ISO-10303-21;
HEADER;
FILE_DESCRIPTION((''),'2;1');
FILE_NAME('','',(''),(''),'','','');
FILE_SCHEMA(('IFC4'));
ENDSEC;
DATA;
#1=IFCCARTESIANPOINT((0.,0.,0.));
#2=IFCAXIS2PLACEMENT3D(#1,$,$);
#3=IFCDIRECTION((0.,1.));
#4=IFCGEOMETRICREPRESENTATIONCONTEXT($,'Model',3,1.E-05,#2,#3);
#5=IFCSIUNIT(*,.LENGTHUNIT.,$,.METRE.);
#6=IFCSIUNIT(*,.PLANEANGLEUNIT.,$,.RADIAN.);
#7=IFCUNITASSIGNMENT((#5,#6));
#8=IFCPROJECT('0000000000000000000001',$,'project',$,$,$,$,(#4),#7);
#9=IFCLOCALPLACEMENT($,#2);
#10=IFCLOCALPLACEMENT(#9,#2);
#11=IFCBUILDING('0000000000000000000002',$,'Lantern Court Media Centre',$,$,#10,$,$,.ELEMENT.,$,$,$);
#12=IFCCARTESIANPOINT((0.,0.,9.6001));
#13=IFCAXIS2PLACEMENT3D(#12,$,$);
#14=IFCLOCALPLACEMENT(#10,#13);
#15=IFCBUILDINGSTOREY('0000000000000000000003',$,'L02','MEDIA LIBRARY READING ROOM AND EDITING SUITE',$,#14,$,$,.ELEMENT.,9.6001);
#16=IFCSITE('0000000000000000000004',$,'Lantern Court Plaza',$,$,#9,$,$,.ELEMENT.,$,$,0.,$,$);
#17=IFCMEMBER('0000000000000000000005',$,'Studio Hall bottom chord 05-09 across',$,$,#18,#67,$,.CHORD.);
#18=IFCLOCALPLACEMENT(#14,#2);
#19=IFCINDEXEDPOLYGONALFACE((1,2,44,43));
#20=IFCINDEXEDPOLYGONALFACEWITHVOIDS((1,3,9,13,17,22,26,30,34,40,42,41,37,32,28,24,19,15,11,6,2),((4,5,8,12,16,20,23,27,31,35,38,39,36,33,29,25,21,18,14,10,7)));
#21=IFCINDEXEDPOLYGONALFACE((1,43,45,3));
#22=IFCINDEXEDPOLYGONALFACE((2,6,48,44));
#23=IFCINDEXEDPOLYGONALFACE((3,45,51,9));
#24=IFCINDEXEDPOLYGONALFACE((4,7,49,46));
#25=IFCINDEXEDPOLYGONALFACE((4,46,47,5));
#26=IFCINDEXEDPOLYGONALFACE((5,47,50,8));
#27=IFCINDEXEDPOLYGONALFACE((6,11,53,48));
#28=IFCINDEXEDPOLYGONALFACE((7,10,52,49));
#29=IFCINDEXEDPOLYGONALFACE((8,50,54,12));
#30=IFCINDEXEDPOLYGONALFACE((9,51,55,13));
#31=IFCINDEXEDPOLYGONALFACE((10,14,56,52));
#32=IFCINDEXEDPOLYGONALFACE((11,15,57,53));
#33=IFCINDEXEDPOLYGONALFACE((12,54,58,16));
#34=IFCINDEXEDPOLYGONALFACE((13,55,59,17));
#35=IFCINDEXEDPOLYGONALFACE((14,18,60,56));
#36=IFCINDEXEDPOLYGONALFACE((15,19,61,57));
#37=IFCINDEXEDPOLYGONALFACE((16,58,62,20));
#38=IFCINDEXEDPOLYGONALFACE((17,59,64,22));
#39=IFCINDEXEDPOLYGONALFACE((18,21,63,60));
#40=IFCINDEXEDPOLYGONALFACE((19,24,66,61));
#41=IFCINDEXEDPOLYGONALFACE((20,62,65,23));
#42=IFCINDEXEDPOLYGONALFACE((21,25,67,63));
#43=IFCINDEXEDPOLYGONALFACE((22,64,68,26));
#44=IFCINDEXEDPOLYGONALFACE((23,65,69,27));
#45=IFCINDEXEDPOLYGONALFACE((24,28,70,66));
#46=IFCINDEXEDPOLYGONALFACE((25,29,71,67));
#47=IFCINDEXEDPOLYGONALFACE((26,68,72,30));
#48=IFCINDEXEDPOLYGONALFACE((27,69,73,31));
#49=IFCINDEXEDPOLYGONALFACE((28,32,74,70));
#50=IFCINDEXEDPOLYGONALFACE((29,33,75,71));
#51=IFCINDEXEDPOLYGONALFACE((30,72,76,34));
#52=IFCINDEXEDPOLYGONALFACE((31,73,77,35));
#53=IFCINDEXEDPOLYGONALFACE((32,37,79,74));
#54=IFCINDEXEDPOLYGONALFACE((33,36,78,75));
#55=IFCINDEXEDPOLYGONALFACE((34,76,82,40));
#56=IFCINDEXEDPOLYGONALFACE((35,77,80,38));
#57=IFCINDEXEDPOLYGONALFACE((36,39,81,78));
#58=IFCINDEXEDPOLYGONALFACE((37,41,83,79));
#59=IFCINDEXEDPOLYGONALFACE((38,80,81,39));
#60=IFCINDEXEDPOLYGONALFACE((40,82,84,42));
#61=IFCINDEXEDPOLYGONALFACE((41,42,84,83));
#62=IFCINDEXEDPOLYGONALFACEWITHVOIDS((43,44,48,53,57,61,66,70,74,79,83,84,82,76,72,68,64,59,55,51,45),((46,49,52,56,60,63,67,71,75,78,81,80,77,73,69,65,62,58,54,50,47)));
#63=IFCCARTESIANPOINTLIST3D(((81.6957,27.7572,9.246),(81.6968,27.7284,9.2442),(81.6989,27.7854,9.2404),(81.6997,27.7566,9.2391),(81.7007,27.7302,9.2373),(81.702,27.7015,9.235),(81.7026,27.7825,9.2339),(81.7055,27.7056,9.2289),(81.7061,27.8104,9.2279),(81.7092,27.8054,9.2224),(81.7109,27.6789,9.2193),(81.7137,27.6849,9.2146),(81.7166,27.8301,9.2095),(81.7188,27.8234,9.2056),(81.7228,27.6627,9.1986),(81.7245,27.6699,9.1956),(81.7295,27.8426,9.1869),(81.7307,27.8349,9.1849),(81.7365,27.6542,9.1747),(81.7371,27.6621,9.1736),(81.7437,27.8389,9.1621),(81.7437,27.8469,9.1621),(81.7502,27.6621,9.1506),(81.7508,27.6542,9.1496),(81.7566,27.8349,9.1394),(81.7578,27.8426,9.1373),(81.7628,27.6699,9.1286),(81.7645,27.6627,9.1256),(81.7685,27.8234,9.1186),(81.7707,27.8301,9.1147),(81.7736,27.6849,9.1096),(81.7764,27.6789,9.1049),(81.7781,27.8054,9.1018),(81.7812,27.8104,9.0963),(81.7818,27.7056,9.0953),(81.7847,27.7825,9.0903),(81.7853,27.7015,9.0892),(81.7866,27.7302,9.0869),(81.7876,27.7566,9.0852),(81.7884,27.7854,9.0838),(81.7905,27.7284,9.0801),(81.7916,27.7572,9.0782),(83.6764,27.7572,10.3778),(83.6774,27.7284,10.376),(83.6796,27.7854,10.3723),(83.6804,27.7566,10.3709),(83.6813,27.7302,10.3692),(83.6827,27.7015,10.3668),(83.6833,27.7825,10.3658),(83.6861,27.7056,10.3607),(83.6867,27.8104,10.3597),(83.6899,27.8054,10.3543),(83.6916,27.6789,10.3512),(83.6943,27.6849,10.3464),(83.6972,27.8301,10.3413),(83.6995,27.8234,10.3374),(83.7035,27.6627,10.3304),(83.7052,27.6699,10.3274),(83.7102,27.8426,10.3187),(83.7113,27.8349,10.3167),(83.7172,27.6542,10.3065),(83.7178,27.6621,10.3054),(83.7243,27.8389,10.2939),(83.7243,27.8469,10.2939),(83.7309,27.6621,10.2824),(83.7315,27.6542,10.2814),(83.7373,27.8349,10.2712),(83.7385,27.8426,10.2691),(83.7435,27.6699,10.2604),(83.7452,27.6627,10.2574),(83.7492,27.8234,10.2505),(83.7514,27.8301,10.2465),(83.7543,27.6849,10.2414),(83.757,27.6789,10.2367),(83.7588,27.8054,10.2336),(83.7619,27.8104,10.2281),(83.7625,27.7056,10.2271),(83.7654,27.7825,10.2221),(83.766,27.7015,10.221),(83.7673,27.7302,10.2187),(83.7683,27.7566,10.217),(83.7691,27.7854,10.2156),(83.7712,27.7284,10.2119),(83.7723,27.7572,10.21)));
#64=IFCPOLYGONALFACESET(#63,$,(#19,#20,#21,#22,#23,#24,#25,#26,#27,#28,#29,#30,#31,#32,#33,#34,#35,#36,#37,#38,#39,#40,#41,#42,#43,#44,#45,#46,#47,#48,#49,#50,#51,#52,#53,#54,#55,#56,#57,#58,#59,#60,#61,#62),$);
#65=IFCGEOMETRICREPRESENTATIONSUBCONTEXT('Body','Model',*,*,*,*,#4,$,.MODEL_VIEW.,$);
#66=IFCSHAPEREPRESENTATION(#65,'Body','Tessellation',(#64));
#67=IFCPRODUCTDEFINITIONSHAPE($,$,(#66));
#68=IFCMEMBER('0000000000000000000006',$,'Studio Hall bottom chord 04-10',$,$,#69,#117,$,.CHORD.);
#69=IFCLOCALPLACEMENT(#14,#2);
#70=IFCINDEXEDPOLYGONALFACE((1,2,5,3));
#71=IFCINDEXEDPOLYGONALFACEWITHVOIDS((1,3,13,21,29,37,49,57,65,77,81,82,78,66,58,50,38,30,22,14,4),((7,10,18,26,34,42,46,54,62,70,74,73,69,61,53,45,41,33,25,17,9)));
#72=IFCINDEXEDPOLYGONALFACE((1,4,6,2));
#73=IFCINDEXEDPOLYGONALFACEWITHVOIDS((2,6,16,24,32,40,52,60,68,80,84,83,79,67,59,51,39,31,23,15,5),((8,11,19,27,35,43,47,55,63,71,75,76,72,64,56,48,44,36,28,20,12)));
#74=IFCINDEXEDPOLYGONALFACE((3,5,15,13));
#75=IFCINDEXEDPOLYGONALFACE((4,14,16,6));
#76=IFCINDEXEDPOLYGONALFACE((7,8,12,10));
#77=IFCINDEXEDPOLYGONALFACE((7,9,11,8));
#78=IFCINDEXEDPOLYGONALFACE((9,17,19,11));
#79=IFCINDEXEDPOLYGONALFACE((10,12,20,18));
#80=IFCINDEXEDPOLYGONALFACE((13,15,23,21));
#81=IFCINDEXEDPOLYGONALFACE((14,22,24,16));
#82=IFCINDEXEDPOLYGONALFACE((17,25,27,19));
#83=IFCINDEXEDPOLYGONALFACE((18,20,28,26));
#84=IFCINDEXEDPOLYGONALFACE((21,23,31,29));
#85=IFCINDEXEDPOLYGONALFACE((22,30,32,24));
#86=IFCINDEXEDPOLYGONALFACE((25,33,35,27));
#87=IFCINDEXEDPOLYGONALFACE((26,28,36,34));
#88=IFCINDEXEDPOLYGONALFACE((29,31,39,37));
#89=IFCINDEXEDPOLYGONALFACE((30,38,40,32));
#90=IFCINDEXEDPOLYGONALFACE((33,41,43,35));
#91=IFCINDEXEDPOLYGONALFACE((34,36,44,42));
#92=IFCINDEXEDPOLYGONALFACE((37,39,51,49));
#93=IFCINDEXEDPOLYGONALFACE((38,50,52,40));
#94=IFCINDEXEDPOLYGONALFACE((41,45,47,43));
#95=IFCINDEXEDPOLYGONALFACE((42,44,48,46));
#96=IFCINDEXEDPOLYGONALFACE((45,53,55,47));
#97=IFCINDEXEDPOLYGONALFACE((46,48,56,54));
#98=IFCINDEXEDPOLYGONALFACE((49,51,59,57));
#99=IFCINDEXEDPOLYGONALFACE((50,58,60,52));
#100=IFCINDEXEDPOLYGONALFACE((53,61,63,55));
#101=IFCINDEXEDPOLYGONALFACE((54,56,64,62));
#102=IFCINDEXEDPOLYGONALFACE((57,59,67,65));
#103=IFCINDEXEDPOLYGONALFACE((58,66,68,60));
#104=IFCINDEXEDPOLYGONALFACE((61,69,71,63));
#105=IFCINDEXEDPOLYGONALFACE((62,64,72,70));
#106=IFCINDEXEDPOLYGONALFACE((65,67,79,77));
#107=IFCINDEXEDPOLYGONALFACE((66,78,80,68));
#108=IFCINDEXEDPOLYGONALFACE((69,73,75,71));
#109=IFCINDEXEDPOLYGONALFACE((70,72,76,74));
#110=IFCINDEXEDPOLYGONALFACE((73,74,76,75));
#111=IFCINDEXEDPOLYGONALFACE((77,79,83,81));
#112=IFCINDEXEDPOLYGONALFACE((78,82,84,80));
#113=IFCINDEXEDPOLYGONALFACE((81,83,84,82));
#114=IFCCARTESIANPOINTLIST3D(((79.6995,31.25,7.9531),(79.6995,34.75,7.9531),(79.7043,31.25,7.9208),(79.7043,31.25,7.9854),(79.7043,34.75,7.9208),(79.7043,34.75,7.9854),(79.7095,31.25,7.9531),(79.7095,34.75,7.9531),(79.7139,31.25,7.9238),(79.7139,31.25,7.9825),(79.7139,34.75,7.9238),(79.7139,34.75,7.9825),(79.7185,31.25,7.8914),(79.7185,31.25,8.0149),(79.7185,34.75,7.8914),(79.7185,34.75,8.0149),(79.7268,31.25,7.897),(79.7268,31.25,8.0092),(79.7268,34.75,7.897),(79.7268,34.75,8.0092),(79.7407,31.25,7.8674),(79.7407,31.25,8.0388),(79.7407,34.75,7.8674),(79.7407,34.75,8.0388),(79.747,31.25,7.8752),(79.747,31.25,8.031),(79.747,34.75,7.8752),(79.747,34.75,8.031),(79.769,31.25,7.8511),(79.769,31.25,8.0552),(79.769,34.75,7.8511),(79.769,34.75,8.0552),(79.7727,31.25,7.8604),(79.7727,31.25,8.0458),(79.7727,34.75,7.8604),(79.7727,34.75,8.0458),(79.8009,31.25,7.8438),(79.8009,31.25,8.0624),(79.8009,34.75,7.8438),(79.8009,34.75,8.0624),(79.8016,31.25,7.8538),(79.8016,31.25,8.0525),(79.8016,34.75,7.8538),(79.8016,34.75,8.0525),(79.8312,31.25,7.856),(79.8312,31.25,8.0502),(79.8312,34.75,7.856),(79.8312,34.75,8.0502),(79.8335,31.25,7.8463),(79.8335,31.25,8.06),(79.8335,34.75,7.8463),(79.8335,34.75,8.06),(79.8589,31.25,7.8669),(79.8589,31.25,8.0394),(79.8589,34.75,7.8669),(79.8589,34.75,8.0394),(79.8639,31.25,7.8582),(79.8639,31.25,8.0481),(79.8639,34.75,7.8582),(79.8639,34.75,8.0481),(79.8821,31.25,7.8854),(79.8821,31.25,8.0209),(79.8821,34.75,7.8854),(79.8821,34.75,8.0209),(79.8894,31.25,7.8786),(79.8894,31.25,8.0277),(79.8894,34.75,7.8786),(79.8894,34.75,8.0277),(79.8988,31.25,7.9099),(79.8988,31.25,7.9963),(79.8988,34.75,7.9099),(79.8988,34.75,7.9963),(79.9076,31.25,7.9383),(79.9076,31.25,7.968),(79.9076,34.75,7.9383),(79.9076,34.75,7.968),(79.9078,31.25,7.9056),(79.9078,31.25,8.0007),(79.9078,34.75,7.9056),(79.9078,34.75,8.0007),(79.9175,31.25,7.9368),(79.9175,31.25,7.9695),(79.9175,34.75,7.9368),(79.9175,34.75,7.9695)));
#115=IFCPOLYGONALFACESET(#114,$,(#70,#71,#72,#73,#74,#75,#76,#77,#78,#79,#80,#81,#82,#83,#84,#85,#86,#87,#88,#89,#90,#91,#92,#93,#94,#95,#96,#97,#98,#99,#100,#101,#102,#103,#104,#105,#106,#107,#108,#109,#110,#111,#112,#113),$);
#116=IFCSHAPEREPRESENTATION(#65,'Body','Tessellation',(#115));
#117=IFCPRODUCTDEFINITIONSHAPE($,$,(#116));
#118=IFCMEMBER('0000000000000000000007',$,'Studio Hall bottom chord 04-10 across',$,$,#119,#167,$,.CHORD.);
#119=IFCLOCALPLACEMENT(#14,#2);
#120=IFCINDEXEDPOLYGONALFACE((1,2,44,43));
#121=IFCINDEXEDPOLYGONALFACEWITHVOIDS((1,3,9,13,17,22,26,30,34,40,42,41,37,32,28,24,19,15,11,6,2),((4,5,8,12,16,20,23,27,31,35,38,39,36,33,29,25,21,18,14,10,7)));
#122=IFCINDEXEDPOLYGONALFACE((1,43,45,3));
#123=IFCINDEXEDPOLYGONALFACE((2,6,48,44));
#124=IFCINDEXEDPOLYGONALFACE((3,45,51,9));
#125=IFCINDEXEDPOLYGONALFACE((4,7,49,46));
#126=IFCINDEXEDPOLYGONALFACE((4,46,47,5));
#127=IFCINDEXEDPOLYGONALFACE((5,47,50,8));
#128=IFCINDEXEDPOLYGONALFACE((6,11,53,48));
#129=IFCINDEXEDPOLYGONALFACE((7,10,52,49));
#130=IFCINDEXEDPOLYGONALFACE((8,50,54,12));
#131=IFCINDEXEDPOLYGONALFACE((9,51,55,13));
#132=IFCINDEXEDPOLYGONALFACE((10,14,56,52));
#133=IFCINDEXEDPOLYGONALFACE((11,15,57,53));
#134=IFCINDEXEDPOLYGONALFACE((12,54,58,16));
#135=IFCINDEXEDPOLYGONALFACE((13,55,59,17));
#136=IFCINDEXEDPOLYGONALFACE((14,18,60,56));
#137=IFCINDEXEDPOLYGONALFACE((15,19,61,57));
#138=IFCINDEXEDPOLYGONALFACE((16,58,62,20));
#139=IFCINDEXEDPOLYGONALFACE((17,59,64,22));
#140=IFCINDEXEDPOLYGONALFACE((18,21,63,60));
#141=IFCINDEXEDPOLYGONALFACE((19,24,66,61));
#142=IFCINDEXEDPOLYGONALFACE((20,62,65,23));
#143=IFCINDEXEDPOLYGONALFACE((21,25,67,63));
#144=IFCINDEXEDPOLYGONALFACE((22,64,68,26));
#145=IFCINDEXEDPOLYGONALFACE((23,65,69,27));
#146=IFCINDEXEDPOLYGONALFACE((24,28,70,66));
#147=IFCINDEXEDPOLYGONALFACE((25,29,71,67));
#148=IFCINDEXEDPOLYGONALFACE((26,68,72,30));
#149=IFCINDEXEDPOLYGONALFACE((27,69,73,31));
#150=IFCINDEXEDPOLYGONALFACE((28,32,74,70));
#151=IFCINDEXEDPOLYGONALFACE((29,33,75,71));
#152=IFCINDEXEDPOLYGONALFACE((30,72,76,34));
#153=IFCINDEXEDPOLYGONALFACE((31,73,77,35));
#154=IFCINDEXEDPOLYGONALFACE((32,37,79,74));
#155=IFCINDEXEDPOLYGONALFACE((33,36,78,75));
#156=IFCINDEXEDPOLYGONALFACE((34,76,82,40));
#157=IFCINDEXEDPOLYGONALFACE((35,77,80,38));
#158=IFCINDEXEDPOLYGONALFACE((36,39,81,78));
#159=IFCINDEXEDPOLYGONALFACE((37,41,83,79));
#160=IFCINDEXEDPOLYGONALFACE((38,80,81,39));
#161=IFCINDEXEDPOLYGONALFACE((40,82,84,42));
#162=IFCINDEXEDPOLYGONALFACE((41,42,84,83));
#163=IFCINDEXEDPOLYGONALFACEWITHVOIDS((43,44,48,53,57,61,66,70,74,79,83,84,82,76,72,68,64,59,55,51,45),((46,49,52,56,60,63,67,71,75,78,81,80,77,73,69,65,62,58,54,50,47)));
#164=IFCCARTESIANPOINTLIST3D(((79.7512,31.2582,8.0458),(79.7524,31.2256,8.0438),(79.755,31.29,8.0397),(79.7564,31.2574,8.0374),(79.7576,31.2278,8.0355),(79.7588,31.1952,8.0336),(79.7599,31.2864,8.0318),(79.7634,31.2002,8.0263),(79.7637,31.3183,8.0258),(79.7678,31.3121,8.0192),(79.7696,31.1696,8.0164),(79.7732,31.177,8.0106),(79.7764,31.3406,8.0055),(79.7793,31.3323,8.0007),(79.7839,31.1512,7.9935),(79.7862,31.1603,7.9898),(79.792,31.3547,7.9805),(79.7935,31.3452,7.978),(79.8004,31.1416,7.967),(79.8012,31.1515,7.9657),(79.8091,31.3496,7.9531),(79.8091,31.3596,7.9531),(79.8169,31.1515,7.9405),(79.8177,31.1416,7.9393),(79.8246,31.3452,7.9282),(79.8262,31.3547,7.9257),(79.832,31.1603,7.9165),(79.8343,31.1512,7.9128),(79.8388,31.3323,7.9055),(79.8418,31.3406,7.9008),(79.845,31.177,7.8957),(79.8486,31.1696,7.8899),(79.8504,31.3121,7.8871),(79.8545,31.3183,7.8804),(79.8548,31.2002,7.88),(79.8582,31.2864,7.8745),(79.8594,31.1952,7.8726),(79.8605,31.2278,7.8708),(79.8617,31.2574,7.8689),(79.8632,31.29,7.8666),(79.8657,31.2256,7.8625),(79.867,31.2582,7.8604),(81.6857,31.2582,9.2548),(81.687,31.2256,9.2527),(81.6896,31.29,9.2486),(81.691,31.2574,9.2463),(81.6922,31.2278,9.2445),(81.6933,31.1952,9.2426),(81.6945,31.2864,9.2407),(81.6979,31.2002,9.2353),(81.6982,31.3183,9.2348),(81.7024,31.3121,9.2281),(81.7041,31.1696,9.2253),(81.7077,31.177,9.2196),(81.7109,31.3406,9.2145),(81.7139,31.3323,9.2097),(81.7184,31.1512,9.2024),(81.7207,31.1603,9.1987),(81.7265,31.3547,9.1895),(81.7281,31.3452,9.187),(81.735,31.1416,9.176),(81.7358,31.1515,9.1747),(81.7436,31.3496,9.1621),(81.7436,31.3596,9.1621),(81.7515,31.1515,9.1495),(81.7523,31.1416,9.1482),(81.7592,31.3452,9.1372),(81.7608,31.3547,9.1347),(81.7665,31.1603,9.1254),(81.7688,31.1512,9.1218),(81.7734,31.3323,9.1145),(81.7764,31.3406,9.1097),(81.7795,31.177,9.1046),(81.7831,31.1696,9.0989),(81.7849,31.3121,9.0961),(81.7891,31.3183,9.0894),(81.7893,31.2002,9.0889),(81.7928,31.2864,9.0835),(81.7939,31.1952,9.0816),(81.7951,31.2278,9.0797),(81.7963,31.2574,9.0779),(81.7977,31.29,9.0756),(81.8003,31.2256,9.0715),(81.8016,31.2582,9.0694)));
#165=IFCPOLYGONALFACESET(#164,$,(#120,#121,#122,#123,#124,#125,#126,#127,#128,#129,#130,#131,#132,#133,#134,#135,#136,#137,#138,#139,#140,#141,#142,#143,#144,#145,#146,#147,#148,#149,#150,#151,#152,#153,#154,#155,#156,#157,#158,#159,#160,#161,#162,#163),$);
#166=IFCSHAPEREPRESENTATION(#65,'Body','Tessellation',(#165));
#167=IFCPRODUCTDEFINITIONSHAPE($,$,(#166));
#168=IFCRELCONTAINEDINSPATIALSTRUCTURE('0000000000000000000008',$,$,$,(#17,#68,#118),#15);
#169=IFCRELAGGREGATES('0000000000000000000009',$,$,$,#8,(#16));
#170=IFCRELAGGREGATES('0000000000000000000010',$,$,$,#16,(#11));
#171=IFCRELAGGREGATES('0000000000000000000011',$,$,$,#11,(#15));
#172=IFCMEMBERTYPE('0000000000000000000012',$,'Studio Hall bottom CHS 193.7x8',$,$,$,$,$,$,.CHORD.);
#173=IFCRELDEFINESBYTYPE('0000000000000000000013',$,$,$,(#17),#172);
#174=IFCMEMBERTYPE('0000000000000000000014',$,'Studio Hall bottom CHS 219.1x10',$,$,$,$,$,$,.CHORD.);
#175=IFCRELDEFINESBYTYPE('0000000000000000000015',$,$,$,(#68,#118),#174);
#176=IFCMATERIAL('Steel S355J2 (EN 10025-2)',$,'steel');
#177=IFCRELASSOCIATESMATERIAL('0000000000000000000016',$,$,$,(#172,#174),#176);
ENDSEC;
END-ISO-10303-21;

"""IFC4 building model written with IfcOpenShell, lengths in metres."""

from ifc_helpers import new_model, si_unit, direction, frame, origin, origin_2d, place, context, subcontext, project, spatial, hollow_circle, extrude, material, material_profile, profile_set, type_object, element, save


model = new_model("IFC4")

# Units and contexts
model_context = context("Model", 3, precision=1e-05, world=origin(), true_north=direction((0.0, 1.0)))
body_context = subcontext(model_context, "Body", "Model", "MODEL_VIEW")
ifc_project = project(units=[si_unit("LENGTHUNIT", "METRE"), si_unit("PLANEANGLEUNIT", "RADIAN")], contexts=[model_context])

# Site, building, storey
site_placement = place(None, origin())
site = spatial("IfcSite", under=ifc_project, at=site_placement, Name="Lantern Court Plaza", CompositionType="ELEMENT", RefElevation=0.0)
building_placement = place(site_placement, origin())
building = spatial("IfcBuilding", under=site, at=building_placement, Name="Lantern Court Media Centre", CompositionType="ELEMENT")
storey_placement = place(building_placement, frame((0.0, 0.0, 9.6001)))
storey = spatial("IfcBuildingStorey", under=building, at=storey_placement, Name="L02", Description="MEDIA LIBRARY READING ROOM AND EDITING SUITE", CompositionType="ELEMENT", Elevation=9.6001)

# Members
ifc_material = material(Name="Steel S355J2 (EN 10025-2)", Category="steel")
ifc_material_profile_1 = material_profile(ifc_material, hollow_circle(Radius=0.0969, WallThickness=0.0081, at=origin_2d()), Name="Studio Hall bottom CHS 193.7x8")
ifc_profile_set_1 = profile_set([ifc_material_profile_1], Name="Steel S355J2 (EN 10025-2)")
member_type_1 = type_object("IfcMemberType", Name="Studio Hall bottom CHS 193.7x8", PredefinedType="CHORD", material=ifc_profile_set_1)
member_1_placement = place(storey_placement, frame((81.7437, 27.75, 9.1621), z_axis=(0.868243, 0.0, 0.496139), x_axis=(0.0, 1.0, 0.0)))
element("IfcMember", 1, at=member_1_placement, inside=storey, type_object=member_type_1, Name="Studio Hall bottom chord 05-09 across", PredefinedType="CHORD", context=body_context, shape_type="SweptSolid", body=[
    extrude(hollow_circle(Radius=0.0969, WallThickness=0.0081, at=origin_2d()), origin(), (0.0, 0.0, 1.0), 2.2812),
])
ifc_material_profile_2 = material_profile(ifc_material, hollow_circle(Radius=0.1096, WallThickness=0.01, at=origin_2d()), Name="Studio Hall bottom CHS 219.1x10")
ifc_profile_set_2 = profile_set([ifc_material_profile_2], Name="Steel S355J2 (EN 10025-2)")
member_type_2 = type_object("IfcMemberType", Name="Studio Hall bottom CHS 219.1x10", PredefinedType="CHORD", material=ifc_profile_set_2)
member_2_placement = place(storey_placement, frame((79.8091, 31.25, 7.9531), z_axis=(0.0, 1.0, 0.0), x_axis=(-1.0, 0.0, 0.0)))
element("IfcMember", 2, at=member_2_placement, inside=storey, type_object=member_type_2, Name="Studio Hall bottom chord 04-10", PredefinedType="CHORD", context=body_context, shape_type="SweptSolid", body=[
    extrude(hollow_circle(Radius=0.1096, WallThickness=0.01, at=origin_2d()), origin(), (0.0, 0.0, 1.0), 3.5),
])
member_3_placement = place(storey_placement, frame((79.8091, 31.25, 7.9531), z_axis=(0.848022, 0.0, 0.52996), x_axis=(0.0, 1.0, 0.0)))
element("IfcMember", 3, at=member_3_placement, inside=storey, type_object=member_type_2, Name="Studio Hall bottom chord 04-10 across", PredefinedType="CHORD", context=body_context, shape_type="SweptSolid", body=[
    extrude(hollow_circle(Radius=0.1096, WallThickness=0.01, at=origin_2d()), origin(), (0.0, 0.0, 1.0), 2.2812),
])

save(model, "model.ifc")
